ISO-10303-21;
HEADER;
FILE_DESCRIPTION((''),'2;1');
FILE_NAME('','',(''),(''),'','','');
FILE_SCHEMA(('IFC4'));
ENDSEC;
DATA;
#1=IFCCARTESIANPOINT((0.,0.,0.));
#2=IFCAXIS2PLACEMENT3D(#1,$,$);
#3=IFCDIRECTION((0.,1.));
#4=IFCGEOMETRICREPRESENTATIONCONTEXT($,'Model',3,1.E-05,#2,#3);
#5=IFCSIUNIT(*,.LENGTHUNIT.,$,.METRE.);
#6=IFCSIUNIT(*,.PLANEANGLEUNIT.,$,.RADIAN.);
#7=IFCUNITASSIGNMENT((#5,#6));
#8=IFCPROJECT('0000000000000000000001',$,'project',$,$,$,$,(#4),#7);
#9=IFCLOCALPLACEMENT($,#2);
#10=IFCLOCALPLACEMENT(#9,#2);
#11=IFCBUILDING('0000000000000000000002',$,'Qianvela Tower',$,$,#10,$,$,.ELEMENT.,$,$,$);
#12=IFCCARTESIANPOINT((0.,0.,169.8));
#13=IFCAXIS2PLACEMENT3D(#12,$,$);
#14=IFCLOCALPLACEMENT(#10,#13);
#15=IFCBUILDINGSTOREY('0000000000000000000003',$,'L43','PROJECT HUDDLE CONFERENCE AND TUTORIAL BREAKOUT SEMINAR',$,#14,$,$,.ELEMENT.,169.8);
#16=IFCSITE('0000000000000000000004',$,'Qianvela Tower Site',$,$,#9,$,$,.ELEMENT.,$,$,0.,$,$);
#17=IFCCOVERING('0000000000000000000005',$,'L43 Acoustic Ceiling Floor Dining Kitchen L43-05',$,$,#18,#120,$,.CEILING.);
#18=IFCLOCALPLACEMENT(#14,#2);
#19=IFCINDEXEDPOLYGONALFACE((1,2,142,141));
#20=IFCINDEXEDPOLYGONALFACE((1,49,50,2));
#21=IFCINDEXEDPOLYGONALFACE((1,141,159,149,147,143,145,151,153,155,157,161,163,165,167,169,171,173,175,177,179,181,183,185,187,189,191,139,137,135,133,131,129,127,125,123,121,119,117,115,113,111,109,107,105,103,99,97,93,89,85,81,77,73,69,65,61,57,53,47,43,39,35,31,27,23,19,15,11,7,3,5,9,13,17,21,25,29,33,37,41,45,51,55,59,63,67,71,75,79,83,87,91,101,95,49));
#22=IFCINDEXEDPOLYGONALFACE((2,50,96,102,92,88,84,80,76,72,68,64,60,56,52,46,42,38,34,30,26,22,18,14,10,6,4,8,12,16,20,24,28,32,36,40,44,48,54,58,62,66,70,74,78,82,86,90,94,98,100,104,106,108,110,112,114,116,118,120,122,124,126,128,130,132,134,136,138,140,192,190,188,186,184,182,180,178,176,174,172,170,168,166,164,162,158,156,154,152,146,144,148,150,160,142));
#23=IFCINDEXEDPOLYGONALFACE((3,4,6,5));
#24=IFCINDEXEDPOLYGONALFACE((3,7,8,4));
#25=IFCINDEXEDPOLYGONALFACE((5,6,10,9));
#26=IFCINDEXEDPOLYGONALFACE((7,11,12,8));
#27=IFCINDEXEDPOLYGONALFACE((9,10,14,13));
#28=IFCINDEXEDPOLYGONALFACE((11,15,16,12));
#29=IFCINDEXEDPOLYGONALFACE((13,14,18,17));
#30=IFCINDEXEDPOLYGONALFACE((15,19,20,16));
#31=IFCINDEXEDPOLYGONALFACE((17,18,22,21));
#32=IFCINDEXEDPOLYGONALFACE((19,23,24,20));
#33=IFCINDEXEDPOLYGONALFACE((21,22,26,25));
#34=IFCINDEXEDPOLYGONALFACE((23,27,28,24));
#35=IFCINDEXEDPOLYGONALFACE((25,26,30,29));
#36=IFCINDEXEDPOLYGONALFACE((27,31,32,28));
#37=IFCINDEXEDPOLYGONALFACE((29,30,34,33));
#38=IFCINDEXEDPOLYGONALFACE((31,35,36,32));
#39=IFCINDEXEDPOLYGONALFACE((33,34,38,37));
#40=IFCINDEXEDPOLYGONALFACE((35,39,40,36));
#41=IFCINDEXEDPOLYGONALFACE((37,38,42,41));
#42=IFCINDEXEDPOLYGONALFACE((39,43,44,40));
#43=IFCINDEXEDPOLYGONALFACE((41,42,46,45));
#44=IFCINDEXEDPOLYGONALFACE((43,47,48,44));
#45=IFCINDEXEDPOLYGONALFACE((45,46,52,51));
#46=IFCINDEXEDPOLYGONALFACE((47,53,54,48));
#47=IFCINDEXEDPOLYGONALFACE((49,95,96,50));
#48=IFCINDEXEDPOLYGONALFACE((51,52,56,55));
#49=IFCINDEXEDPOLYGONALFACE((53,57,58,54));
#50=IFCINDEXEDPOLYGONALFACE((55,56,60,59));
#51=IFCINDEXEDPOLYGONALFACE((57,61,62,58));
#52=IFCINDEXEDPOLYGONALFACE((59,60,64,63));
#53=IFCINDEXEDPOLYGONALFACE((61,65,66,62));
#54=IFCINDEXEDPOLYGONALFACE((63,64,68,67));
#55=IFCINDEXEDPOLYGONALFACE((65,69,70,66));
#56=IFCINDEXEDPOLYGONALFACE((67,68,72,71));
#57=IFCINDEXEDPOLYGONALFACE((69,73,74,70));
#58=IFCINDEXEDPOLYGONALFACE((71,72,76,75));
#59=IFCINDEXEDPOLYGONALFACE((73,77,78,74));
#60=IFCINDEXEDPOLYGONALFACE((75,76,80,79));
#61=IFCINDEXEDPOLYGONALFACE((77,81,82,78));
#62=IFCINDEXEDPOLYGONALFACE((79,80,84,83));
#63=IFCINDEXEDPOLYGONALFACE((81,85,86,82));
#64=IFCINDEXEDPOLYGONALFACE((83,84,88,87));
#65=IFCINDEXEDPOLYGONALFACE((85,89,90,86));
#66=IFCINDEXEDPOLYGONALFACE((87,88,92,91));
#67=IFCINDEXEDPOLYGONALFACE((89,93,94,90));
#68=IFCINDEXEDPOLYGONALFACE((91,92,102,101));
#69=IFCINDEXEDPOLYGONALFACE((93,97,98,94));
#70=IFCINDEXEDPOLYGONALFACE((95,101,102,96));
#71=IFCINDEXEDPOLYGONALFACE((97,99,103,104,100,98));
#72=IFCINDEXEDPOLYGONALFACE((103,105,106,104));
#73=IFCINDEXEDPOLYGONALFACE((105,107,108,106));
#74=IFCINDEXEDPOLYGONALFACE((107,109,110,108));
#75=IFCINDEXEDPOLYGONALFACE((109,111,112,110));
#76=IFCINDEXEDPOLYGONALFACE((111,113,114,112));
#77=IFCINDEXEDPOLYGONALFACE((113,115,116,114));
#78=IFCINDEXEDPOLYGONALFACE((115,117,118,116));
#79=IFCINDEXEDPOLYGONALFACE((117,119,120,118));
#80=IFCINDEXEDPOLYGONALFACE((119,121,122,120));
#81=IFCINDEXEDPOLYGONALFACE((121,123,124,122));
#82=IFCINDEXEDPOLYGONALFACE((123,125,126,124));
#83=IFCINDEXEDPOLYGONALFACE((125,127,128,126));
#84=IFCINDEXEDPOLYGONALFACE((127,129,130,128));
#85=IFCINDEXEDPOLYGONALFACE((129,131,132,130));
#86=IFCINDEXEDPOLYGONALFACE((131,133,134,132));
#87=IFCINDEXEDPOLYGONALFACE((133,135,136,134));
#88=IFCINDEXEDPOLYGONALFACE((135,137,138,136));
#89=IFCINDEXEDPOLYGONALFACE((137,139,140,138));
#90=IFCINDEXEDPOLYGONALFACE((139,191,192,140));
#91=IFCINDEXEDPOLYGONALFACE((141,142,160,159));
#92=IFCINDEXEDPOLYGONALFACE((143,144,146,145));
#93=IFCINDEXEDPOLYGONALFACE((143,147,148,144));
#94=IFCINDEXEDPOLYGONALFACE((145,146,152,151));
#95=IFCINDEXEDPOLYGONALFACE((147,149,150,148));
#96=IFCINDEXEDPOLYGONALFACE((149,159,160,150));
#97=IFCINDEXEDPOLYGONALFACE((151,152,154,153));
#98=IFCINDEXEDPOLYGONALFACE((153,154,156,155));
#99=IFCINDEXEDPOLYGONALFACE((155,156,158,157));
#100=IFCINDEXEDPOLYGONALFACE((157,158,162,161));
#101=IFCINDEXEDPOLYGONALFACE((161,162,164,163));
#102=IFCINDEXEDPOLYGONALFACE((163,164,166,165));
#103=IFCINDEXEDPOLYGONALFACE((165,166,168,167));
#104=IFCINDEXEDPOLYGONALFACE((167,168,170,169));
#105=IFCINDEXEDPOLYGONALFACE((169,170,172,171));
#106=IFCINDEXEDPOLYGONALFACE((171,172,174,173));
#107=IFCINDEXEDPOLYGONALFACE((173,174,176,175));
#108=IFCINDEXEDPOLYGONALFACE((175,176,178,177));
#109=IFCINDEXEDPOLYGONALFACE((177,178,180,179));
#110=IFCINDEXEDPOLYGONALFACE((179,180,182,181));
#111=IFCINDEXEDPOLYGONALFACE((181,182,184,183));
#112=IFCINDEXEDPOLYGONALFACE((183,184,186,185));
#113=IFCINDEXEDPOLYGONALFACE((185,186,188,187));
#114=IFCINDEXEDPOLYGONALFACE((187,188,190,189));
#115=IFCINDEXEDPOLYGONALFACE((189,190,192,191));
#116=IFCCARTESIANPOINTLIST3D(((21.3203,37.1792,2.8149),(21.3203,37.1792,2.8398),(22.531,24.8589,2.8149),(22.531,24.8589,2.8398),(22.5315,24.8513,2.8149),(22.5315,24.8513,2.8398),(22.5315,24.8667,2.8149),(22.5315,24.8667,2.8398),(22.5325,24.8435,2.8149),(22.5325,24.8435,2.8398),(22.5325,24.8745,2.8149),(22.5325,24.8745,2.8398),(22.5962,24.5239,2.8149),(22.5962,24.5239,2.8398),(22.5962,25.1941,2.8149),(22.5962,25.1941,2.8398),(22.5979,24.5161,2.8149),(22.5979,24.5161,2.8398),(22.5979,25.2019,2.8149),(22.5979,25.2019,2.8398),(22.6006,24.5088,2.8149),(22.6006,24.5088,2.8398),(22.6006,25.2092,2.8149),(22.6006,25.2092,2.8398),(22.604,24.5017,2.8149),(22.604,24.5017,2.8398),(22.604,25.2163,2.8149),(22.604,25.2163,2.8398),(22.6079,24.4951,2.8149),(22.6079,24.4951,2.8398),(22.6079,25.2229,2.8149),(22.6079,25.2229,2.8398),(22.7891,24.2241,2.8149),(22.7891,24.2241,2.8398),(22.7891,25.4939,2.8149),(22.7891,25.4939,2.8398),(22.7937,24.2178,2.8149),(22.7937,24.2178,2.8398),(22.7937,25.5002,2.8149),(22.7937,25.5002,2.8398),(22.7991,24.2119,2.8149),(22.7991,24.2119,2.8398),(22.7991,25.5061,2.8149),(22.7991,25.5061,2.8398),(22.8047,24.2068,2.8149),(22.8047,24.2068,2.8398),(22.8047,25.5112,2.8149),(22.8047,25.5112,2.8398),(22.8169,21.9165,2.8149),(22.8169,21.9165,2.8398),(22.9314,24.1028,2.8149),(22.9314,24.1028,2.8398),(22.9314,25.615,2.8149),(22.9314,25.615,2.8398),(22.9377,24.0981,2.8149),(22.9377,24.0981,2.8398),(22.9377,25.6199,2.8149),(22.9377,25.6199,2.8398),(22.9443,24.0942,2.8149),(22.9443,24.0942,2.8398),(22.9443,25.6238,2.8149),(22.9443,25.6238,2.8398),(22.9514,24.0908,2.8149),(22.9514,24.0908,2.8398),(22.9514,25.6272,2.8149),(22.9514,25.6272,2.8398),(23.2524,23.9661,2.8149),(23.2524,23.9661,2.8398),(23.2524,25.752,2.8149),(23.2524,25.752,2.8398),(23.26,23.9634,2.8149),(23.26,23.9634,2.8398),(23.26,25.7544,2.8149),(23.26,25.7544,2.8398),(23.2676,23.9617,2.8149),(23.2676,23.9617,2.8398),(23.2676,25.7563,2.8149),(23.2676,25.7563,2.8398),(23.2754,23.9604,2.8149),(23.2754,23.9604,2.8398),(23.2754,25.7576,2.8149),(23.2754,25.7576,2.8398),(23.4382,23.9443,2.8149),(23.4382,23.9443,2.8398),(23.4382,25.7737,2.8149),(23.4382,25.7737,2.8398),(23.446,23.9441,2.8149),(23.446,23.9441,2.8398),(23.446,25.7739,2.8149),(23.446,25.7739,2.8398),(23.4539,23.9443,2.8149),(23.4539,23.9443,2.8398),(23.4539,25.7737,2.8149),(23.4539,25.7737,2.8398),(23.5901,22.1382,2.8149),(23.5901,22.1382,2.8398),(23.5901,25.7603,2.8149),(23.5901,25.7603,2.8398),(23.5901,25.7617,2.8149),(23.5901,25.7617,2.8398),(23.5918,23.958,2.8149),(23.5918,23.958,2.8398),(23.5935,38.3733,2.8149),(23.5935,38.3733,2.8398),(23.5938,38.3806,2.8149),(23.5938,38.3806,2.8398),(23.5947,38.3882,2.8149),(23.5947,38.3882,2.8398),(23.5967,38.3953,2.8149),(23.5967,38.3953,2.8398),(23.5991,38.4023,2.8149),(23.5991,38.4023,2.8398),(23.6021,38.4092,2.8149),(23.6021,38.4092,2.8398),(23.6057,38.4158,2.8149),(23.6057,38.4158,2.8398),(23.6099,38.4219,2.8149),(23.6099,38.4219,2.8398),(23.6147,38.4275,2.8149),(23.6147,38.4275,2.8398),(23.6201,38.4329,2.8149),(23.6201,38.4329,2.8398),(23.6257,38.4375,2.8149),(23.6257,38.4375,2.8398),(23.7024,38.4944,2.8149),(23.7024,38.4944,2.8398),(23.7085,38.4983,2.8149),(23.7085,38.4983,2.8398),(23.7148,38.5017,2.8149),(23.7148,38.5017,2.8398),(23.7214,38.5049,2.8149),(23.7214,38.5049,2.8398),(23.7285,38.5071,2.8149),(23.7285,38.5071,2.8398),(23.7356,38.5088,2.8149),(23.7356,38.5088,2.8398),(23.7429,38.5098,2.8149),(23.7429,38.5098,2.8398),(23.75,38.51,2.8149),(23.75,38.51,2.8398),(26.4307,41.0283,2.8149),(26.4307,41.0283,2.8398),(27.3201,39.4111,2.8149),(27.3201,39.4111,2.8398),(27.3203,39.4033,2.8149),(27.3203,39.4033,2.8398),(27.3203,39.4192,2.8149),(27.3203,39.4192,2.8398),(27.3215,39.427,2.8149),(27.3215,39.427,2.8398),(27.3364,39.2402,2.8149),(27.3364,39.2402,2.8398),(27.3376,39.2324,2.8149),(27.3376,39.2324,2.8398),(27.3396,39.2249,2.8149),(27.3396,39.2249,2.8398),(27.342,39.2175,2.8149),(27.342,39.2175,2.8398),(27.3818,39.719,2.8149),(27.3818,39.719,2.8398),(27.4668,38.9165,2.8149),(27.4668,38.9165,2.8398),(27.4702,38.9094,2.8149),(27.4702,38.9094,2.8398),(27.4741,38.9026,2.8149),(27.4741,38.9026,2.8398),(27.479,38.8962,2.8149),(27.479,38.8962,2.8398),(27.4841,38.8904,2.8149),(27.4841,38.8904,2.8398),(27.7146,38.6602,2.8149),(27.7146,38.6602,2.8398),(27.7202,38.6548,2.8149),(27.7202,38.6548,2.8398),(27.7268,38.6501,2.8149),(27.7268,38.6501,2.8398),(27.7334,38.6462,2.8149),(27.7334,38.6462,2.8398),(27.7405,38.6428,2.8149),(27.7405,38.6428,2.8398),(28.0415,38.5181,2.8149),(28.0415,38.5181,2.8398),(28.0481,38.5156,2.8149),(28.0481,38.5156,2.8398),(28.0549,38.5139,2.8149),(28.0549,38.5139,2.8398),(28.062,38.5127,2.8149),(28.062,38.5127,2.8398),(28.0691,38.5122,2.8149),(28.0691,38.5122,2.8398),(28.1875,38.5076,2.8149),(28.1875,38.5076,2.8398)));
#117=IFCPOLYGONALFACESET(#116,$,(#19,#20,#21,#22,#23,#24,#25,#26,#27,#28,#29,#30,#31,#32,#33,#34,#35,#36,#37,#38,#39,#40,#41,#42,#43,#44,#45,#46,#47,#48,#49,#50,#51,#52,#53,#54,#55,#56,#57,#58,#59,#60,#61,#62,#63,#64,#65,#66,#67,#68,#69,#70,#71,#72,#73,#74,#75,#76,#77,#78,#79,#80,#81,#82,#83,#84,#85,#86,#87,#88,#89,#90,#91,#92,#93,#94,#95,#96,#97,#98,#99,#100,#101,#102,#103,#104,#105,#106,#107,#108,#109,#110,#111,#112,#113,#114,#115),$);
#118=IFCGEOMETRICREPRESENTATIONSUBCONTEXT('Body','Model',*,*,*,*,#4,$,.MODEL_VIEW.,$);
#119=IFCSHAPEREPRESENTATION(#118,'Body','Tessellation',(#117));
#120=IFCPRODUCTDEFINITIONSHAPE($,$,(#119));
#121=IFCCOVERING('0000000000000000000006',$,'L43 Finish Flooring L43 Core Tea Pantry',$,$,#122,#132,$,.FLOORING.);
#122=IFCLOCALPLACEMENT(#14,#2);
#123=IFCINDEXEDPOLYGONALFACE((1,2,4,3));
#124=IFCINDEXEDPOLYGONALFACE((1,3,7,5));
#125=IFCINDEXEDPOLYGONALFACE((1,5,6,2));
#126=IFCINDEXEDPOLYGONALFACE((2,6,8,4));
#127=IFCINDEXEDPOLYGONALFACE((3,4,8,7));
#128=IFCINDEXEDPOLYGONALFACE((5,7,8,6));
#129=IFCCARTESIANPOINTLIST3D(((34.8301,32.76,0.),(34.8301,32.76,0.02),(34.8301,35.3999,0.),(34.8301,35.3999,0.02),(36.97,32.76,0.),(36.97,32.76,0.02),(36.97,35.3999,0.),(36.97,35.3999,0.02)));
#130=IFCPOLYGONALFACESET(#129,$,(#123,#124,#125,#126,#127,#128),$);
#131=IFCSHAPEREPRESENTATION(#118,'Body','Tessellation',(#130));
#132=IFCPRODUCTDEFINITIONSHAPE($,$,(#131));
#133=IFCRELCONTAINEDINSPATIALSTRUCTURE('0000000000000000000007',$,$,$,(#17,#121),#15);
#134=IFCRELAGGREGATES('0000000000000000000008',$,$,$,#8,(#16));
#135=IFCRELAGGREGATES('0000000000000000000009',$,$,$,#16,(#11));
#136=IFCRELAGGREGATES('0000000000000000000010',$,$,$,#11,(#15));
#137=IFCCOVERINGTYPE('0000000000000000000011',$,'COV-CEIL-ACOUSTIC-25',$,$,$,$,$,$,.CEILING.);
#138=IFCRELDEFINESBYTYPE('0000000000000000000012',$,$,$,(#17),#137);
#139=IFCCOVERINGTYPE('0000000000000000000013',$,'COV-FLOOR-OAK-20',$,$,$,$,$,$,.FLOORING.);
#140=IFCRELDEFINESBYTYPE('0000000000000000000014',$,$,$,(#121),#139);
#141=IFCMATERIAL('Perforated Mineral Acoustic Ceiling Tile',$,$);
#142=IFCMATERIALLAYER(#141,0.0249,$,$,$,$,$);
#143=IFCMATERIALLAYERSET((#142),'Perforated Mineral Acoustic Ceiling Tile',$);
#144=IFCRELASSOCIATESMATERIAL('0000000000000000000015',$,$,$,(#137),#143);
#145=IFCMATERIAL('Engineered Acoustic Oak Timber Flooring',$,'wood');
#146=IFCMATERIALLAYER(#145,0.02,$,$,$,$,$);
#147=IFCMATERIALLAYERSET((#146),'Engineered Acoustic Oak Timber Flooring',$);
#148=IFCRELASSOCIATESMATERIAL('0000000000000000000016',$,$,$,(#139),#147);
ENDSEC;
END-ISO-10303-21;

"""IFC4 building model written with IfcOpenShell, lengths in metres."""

from ifc_helpers import new_model, si_unit, direction, frame, origin, place, context, subcontext, project, spatial, polyline, outline, extrude, material, layer, layer_set, type_object, element, save


model = new_model("IFC4")

# Units and contexts
model_context = context("Model", 3, precision=1e-05, world=origin(), true_north=direction((0.0, 1.0)))
body_context = subcontext(model_context, "Body", "Model", "MODEL_VIEW")
ifc_project = project(units=[si_unit("LENGTHUNIT", "METRE"), si_unit("PLANEANGLEUNIT", "RADIAN")], contexts=[model_context])

# Site, building, storey
site_placement = place(None, origin())
site = spatial("IfcSite", under=ifc_project, at=site_placement, Name="Qianvela Tower Site", CompositionType="ELEMENT", RefElevation=0.0)
building_placement = place(site_placement, origin())
building = spatial("IfcBuilding", under=site, at=building_placement, Name="Qianvela Tower", CompositionType="ELEMENT")
storey_placement = place(building_placement, frame((0.0, 0.0, 169.8)))
storey = spatial("IfcBuildingStorey", under=building, at=storey_placement, Name="L43", Description="PROJECT HUDDLE CONFERENCE AND TUTORIAL BREAKOUT SEMINAR", CompositionType="ELEMENT", Elevation=169.8)

# Coverings
ifc_material_1 = material(Name="Perforated Mineral Acoustic Ceiling Tile")
ifc_layer_1 = layer(ifc_material_1, 0.0249)
ifc_layer_set_1 = layer_set([ifc_layer_1], Name="Perforated Mineral Acoustic Ceiling Tile")
covering_type_1 = type_object("IfcCoveringType", Name="COV-CEIL-ACOUSTIC-25", PredefinedType="CEILING", material=ifc_layer_set_1)
covering_1_placement = place(storey_placement, frame((0.0, 0.0, 2.8149)))
element("IfcCovering", 1, at=covering_1_placement, inside=storey, type_object=covering_type_1, Name="L43 Acoustic Ceiling Floor Dining Kitchen L43-05", PredefinedType="CEILING", context=body_context, shape_type="SweptSolid", body=[
    extrude(outline(polyline([(23.5901, 25.7603), (23.4539, 25.7737), (23.446, 25.7739), (23.4382, 25.7737), (23.2754, 25.7576), (23.2676, 25.7563), (23.26, 25.7544), (23.2524, 25.752), (22.9514, 25.6272), (22.9443, 25.6238), (22.9377, 25.6199), (22.9314, 25.615), (22.8047, 25.5112), (22.7991, 25.5061), (22.7937, 25.5002), (22.7891, 25.4939), (22.6079, 25.2229), (22.604, 25.2163), (22.6006, 25.2092), (22.5979, 25.2019), (22.5962, 25.1941), (22.5325, 24.8745), (22.5315, 24.8667), (22.531, 24.8589), (22.5315, 24.8513), (22.5325, 24.8435), (22.5962, 24.5239), (22.5979, 24.5161), (22.6006, 24.5088), (22.604, 24.5017), (22.6079, 24.4951), (22.7891, 24.2241), (22.7937, 24.2178), (22.7991, 24.2119), (22.8047, 24.2068), (22.9314, 24.1028), (22.9377, 24.0981), (22.9443, 24.0942), (22.9514, 24.0908), (23.2524, 23.9661), (23.26, 23.9634), (23.2676, 23.9617), (23.2754, 23.9604), (23.4382, 23.9443), (23.446, 23.9441), (23.4539, 23.9443), (23.5918, 23.958), (23.5901, 22.1382), (22.8169, 21.9165), (21.3203, 37.1792), (26.4307, 41.0283), (27.3818, 39.719), (27.3215, 39.427), (27.3203, 39.4192), (27.3201, 39.4111), (27.3203, 39.4033), (27.3364, 39.2402), (27.3376, 39.2324), (27.3396, 39.2249), (27.342, 39.2175), (27.4668, 38.9165), (27.4702, 38.9094), (27.4741, 38.9026), (27.479, 38.8962), (27.4841, 38.8904), (27.7146, 38.6602), (27.7202, 38.6548), (27.7268, 38.6501), (27.7334, 38.6462), (27.7405, 38.6428), (28.0415, 38.5181), (28.0481, 38.5156), (28.0549, 38.5139), (28.062, 38.5127), (28.0691, 38.5122), (28.1875, 38.5076), (23.75, 38.51), (23.7429, 38.5098), (23.7356, 38.5088), (23.7285, 38.5071), (23.7214, 38.5049), (23.7148, 38.5017), (23.7085, 38.4983), (23.7024, 38.4944), (23.6257, 38.4375), (23.6201, 38.4329), (23.6147, 38.4275), (23.6099, 38.4219), (23.6057, 38.4158), (23.6021, 38.4092), (23.5991, 38.4023), (23.5967, 38.3953), (23.5947, 38.3882), (23.5938, 38.3806), (23.5935, 38.3733), (23.5901, 25.7617), (23.5901, 25.7603)])), origin(), (0.0, 0.0, 1.0), 0.0249),
])
ifc_material_2 = material(Name="Engineered Acoustic Oak Timber Flooring", Category="wood")
ifc_layer_2 = layer(ifc_material_2, 0.02)
ifc_layer_set_2 = layer_set([ifc_layer_2], Name="Engineered Acoustic Oak Timber Flooring")
covering_type_2 = type_object("IfcCoveringType", Name="COV-FLOOR-OAK-20", PredefinedType="FLOORING", material=ifc_layer_set_2)
covering_2_placement = place(storey_placement, origin())
element("IfcCovering", 2, at=covering_2_placement, inside=storey, type_object=covering_type_2, Name="L43 Finish Flooring L43 Core Tea Pantry", PredefinedType="FLOORING", context=body_context, shape_type="SweptSolid", body=[
    extrude(outline(polyline([(36.97, 32.76), (34.8301, 32.76), (34.8301, 35.3999), (36.97, 35.3999), (36.97, 32.76)])), origin(), (0.0, 0.0, 1.0), 0.02),
])

save(model, "model.ifc")
